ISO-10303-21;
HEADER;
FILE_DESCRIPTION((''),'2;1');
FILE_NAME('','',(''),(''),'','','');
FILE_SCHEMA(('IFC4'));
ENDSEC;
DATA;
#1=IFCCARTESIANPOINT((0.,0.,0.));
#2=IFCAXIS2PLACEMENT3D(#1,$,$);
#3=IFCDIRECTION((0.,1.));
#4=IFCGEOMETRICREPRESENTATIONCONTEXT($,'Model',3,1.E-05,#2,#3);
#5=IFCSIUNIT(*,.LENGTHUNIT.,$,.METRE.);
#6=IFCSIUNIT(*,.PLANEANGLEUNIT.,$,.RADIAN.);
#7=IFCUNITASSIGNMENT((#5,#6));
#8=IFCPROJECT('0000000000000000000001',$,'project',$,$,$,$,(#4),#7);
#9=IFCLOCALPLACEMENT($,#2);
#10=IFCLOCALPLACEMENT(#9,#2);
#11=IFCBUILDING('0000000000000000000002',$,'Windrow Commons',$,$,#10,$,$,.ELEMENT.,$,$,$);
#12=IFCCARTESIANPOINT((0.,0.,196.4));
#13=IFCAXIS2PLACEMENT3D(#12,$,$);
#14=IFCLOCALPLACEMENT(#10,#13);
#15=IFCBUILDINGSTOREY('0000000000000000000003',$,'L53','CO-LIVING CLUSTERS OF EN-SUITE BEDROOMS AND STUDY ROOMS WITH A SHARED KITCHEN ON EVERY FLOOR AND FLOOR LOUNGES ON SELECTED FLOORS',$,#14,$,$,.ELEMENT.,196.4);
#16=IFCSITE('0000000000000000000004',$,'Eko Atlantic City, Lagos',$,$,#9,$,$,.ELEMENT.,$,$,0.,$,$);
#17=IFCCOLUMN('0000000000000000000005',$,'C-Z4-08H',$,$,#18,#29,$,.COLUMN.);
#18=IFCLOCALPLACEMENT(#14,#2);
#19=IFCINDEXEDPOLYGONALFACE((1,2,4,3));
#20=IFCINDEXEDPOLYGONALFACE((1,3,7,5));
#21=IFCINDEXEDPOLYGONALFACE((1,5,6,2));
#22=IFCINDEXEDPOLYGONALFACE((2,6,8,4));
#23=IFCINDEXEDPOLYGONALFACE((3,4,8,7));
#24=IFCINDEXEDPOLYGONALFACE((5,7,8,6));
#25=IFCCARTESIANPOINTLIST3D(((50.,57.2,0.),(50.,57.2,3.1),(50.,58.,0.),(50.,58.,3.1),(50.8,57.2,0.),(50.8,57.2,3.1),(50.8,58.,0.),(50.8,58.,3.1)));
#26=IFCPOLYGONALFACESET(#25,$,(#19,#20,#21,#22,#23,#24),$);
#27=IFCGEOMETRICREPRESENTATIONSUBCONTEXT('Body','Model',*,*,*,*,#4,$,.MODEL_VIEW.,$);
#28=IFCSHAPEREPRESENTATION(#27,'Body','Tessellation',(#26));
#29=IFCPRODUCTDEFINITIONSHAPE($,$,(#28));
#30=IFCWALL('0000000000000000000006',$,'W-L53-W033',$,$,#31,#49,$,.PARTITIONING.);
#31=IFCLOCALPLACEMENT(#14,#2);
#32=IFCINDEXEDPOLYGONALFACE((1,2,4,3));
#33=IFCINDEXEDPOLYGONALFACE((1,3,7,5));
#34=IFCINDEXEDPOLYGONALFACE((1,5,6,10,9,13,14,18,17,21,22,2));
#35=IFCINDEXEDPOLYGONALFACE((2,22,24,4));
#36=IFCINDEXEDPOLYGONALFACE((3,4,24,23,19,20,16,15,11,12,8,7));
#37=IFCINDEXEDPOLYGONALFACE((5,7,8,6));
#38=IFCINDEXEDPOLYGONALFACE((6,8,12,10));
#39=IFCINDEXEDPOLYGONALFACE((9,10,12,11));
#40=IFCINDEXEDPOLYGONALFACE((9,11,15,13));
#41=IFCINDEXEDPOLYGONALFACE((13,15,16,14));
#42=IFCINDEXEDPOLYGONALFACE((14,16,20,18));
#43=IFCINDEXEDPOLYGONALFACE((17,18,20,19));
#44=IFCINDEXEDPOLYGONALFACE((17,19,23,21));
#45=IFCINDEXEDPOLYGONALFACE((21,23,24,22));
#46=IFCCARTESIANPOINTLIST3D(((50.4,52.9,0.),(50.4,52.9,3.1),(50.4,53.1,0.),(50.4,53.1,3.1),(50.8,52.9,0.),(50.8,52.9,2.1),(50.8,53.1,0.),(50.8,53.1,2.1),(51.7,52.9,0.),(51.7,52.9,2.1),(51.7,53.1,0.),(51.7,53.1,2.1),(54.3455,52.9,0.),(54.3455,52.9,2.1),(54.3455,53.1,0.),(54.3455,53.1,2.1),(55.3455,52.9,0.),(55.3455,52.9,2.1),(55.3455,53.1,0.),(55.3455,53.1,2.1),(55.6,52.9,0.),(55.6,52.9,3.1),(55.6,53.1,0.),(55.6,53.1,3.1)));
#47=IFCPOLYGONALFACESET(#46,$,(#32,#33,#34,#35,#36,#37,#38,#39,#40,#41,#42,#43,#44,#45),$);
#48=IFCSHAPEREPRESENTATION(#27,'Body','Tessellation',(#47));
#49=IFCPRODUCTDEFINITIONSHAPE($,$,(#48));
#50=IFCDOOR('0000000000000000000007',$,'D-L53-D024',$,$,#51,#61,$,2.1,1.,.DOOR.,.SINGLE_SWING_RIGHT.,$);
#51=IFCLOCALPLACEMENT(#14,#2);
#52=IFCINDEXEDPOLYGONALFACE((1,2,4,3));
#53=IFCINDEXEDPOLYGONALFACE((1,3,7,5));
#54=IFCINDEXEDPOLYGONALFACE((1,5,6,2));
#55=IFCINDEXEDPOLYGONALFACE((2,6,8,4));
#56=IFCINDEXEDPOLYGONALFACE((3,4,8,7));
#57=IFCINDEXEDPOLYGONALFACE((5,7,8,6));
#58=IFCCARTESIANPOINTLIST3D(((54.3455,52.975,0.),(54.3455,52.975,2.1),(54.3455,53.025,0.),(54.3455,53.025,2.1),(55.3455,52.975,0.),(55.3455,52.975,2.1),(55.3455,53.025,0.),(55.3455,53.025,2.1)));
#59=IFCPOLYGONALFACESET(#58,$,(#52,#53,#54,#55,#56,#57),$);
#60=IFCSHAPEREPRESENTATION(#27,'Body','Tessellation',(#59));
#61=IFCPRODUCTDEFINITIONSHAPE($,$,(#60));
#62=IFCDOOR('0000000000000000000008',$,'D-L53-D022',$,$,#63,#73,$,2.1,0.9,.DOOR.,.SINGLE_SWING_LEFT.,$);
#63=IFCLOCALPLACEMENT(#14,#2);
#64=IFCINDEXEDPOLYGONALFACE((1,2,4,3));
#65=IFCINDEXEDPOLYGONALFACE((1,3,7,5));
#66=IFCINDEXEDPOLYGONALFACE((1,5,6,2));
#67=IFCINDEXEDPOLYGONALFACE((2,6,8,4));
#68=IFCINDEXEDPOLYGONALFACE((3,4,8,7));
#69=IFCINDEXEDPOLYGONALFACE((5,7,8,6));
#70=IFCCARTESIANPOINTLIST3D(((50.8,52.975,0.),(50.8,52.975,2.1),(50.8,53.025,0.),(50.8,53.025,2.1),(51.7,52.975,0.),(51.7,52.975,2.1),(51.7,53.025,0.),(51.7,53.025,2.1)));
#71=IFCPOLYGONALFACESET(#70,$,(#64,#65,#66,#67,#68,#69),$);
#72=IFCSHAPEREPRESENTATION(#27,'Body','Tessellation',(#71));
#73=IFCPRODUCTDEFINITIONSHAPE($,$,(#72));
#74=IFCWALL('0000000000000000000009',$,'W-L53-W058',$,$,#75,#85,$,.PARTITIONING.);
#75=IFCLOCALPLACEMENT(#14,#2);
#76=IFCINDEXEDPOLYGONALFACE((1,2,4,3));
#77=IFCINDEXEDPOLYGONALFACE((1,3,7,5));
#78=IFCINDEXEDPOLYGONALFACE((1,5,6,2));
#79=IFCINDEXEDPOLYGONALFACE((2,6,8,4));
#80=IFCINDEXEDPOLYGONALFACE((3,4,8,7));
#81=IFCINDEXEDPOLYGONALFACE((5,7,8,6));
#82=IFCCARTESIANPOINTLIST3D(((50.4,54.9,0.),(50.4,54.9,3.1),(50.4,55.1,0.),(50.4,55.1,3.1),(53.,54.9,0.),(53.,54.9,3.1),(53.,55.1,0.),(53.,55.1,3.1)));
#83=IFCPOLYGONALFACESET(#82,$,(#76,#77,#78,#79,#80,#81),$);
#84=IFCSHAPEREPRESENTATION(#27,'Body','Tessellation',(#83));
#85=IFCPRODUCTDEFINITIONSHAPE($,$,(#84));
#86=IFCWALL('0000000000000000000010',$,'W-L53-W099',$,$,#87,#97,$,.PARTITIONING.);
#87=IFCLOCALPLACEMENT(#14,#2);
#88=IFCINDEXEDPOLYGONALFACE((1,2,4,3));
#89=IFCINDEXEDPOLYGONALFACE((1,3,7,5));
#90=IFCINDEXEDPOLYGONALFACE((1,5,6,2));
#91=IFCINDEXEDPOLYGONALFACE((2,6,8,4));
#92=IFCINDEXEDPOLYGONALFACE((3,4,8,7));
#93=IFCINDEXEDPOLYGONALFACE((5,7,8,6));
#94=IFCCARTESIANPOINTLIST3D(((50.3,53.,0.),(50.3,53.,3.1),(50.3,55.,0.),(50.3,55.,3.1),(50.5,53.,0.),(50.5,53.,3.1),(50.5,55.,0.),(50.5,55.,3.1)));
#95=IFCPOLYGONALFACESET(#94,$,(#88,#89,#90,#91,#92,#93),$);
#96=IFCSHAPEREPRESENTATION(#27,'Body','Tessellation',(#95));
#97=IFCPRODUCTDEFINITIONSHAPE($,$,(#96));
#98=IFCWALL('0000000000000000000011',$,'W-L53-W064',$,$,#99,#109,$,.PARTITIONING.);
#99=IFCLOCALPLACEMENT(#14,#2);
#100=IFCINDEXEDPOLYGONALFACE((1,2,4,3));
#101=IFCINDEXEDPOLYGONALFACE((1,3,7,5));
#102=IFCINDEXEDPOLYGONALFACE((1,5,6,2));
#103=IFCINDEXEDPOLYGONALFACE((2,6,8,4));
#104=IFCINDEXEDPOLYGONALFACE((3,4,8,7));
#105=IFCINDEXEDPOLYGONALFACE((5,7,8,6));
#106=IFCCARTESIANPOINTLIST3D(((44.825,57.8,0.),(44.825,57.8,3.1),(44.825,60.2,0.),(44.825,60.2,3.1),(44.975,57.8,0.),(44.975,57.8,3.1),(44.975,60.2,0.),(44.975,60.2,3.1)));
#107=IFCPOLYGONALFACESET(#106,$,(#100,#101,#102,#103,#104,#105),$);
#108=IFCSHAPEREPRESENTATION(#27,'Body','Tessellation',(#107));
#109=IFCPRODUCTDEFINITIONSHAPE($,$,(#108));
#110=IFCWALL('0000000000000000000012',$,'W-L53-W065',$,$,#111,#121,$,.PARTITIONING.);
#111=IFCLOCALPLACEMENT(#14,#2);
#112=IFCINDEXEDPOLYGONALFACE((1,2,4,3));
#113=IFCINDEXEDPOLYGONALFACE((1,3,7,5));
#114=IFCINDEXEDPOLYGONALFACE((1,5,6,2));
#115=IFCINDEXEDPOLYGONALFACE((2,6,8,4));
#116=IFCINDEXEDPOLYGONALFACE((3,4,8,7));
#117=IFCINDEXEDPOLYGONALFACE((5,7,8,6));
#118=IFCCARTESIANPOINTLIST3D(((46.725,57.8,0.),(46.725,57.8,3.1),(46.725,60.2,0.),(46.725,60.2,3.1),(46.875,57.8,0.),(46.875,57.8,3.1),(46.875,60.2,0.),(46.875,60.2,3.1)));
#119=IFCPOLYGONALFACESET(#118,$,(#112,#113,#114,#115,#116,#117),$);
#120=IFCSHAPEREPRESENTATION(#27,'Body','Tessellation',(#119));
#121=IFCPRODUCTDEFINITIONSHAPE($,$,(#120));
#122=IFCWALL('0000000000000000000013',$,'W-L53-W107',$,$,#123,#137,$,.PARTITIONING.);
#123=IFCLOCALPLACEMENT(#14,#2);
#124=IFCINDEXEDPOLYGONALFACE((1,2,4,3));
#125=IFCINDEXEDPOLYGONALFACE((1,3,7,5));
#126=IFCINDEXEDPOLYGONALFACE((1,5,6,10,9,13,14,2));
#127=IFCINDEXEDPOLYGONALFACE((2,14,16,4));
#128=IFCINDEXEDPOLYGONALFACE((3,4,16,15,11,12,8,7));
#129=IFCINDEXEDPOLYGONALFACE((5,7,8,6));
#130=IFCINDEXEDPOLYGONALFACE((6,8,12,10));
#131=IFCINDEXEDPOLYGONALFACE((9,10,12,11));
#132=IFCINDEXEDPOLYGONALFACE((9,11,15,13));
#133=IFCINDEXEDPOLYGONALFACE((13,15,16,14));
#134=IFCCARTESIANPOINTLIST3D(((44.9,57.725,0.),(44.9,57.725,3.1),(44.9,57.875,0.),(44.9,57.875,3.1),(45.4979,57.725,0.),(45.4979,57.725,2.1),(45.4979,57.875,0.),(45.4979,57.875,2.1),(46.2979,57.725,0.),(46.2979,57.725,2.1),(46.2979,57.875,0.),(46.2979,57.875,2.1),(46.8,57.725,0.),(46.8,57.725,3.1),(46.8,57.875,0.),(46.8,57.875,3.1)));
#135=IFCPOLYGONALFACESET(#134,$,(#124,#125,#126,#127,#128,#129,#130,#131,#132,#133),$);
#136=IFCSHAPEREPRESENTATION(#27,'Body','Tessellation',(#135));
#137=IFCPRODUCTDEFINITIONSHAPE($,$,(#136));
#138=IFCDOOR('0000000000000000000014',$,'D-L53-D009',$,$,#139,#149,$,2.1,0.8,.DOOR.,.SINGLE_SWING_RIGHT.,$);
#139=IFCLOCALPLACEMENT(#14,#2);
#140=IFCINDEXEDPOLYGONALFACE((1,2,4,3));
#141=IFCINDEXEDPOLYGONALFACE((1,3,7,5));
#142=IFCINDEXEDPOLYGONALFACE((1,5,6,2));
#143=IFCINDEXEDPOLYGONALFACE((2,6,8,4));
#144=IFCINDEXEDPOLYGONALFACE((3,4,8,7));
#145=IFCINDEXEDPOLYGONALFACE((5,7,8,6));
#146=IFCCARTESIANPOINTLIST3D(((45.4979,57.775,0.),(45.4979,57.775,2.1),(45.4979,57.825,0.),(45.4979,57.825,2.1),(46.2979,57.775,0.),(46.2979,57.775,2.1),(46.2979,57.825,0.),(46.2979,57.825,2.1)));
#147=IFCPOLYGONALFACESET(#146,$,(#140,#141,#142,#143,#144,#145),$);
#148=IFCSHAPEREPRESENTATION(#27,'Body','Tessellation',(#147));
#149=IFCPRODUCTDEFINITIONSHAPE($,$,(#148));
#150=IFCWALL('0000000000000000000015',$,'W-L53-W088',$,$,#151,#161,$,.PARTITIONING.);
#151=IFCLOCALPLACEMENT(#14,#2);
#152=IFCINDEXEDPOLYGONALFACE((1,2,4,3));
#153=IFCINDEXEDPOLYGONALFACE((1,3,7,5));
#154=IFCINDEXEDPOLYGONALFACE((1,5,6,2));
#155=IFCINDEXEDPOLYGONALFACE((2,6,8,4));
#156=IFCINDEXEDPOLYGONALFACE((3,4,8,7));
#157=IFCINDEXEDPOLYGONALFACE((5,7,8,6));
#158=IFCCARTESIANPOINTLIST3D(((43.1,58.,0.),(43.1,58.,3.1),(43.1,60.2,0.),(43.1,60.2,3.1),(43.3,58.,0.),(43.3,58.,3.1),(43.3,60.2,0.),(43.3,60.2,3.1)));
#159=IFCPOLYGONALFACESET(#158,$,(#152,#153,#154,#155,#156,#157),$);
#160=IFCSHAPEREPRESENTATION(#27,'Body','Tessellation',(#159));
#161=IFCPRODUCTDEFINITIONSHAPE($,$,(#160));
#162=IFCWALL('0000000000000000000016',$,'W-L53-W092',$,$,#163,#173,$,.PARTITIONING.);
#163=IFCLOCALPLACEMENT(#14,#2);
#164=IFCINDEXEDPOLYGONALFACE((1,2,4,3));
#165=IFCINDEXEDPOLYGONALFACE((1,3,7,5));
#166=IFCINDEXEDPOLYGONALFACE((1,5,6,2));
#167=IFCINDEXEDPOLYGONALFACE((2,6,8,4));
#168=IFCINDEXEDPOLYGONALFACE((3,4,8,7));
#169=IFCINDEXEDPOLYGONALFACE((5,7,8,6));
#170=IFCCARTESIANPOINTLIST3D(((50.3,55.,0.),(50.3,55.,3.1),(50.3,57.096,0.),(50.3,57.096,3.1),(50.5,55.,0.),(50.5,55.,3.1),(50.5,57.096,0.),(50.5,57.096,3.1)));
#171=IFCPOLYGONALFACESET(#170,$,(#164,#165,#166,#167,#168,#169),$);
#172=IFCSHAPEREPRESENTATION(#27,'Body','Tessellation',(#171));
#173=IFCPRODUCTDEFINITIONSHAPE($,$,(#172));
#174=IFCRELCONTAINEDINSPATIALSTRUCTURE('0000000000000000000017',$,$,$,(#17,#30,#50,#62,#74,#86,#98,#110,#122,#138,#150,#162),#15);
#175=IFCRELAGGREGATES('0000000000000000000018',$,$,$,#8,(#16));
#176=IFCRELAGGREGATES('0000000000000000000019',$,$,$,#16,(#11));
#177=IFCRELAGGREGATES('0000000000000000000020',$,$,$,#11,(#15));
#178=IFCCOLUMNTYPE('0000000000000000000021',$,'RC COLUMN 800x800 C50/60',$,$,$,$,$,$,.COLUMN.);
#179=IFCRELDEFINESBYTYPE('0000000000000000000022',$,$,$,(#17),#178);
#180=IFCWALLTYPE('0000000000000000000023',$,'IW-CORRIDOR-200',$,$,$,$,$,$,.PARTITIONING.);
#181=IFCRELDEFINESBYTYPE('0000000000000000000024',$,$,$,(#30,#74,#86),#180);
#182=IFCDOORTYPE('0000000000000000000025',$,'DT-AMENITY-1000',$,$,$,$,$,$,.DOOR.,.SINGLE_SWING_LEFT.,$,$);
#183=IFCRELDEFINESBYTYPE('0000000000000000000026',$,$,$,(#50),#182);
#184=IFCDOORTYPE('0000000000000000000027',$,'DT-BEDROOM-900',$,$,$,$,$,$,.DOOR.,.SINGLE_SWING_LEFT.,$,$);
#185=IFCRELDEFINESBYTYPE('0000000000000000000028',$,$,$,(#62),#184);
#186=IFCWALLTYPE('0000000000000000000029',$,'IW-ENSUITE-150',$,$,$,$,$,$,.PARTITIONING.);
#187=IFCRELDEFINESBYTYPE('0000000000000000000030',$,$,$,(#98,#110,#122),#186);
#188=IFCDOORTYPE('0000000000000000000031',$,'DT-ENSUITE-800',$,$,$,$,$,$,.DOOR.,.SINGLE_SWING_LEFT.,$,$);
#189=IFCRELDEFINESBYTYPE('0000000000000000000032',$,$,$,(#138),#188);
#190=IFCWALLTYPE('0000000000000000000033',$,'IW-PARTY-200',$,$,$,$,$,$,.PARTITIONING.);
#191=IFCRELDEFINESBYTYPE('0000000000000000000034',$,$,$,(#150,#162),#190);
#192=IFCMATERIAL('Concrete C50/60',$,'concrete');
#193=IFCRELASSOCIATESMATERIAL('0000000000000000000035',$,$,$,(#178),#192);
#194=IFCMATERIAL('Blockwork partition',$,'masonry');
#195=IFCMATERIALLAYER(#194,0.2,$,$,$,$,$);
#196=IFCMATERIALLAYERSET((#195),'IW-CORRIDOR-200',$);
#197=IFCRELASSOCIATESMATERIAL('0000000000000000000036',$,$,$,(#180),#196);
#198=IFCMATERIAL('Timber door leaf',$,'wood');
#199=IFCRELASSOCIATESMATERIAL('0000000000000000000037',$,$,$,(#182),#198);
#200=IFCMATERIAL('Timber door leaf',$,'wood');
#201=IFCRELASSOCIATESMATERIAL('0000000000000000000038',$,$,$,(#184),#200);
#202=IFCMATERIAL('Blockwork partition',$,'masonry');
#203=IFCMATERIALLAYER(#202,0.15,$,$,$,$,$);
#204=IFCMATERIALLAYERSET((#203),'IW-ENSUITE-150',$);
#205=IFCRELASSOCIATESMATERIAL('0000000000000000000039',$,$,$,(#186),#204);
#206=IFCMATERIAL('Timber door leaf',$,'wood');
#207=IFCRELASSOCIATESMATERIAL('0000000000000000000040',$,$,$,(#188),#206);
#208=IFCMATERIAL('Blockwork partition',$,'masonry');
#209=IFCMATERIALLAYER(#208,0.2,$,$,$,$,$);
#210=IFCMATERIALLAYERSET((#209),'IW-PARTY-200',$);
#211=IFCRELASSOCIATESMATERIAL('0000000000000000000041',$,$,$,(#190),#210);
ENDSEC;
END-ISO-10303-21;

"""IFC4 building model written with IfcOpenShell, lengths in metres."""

from ifc_helpers import new_model, si_unit, direction, frame, frame_2d, origin, origin_2d, place, context, subcontext, project, spatial, rectangle, extrude, material, layer, layer_set, material_profile, profile_set, type_object, element, fill, save


model = new_model("IFC4")

# Units and contexts
model_context = context("Model", 3, precision=1e-05, world=origin(), true_north=direction((0.0, 1.0)))
body_context = subcontext(model_context, "Body", "Model", "MODEL_VIEW")
ifc_project = project(units=[si_unit("LENGTHUNIT", "METRE"), si_unit("PLANEANGLEUNIT", "RADIAN")], contexts=[model_context])

# Site, building, storey
site_placement = place(None, origin())
site = spatial("IfcSite", under=ifc_project, at=site_placement, Name="Eko Atlantic City, Lagos", CompositionType="ELEMENT", RefElevation=0.0)
building_placement = place(site_placement, origin())
building = spatial("IfcBuilding", under=site, at=building_placement, Name="Windrow Commons", CompositionType="ELEMENT")
storey_placement = place(building_placement, frame((0.0, 0.0, 196.4)))
storey = spatial("IfcBuildingStorey", under=building, at=storey_placement, Name="L53", Description="CO-LIVING CLUSTERS OF EN-SUITE BEDROOMS AND STUDY ROOMS WITH A SHARED KITCHEN ON EVERY FLOOR AND FLOOR LOUNGES ON SELECTED FLOORS", CompositionType="ELEMENT", Elevation=196.4)

# Column
ifc_material_1 = material(Name="Concrete C50/60", Category="concrete")
ifc_material_profile = material_profile(ifc_material_1, rectangle(XDim=0.8, YDim=0.8, at=origin_2d()))
ifc_profile_set = profile_set([ifc_material_profile], Name="Concrete C50/60")
column_type = type_object("IfcColumnType", Name="RC COLUMN 800x800 C50/60", PredefinedType="COLUMN", material=ifc_profile_set)
column_placement = place(storey_placement, frame((50.4, 57.6, 0.0), z_axis=(0.0, 0.0, 1.0), x_axis=(1.0, 0.0, 0.0)))
element("IfcColumn", 1, at=column_placement, inside=storey, type_object=column_type, Name="C-Z4-08H", PredefinedType="COLUMN", context=body_context, shape_type="SweptSolid", body=[
    extrude(rectangle(XDim=0.8, YDim=0.8, at=origin_2d()), origin(), (0.0, 0.0, 1.0), 3.1),
])

# Wall, openings, doors
ifc_material_2 = material(Name="Blockwork partition", Category="masonry")
ifc_layer_1 = layer(ifc_material_2, 0.2)
ifc_layer_set_1 = layer_set([ifc_layer_1], Name="IW-CORRIDOR-200")
wall_type_1 = type_object("IfcWallType", Name="IW-CORRIDOR-200", PredefinedType="PARTITIONING", material=ifc_layer_set_1)
wall_1_placement = place(storey_placement, frame((50.4, 53.0, 0.0), z_axis=(0.0, 0.0, 1.0), x_axis=(1.0, 0.0, 0.0)))
wall_1 = element("IfcWall", 2, at=wall_1_placement, inside=storey, type_object=wall_type_1, Name="W-L53-W033", PredefinedType="PARTITIONING", context=body_context, shape_type="SweptSolid", body=[
    extrude(rectangle(XDim=5.2, YDim=0.2, at=frame_2d((2.6, 0.0))), origin(), (0.0, 0.0, 1.0), 3.1),
])
opening_1_placement = place(wall_1_placement, frame((0.4, 0.0, 0.0)))
opening_1 = element("IfcOpeningElement", 3, at=opening_1_placement, cuts=wall_1, PredefinedType="OPENING", context=body_context, shape_type="SweptSolid", body=[
    extrude(rectangle(XDim=0.9, YDim=2.1, at=frame_2d((0.45, 1.05))), frame((0.0, 0.11, 0.0), z_axis=(0.0, -1.0, 0.0), x_axis=(1.0, 0.0, 0.0)), (0.0, 0.0, 1.0), 0.22),
])
opening_2_placement = place(wall_1_placement, frame((3.9455, 0.0, 0.0)))
opening_2 = element("IfcOpeningElement", 4, at=opening_2_placement, cuts=wall_1, PredefinedType="OPENING", context=body_context, shape_type="SweptSolid", body=[
    extrude(rectangle(XDim=1.0, YDim=2.1, at=frame_2d((0.5, 1.05))), frame((0.0, 0.11, 0.0), z_axis=(0.0, -1.0, 0.0), x_axis=(1.0, 0.0, 0.0)), (0.0, 0.0, 1.0), 0.22),
])
ifc_material_3 = material(Name="Timber door leaf", Category="wood")
door_type_1 = type_object("IfcDoorType", Name="DT-AMENITY-1000", OperationType="SINGLE_SWING_LEFT", PredefinedType="DOOR", material=ifc_material_3)
door_1_placement = place(opening_2_placement, origin())
door_1 = element("IfcDoor", 5, at=door_1_placement, inside=storey, type_object=door_type_1, Name="D-L53-D024", OperationType="SINGLE_SWING_RIGHT", OverallHeight=2.1, OverallWidth=1.0, PredefinedType="DOOR", context=body_context, shape_type="SweptSolid", body=[
    extrude(rectangle(XDim=1.0, YDim=2.1, at=frame_2d((0.5, 1.05))), frame((0.0, 0.025, 0.0), z_axis=(0.0, -1.0, 0.0), x_axis=(1.0, 0.0, 0.0)), (0.0, 0.0, 1.0), 0.05),
])
fill(opening_2, door_1)
ifc_material_4 = material(Name="Timber door leaf", Category="wood")
door_type_2 = type_object("IfcDoorType", Name="DT-BEDROOM-900", OperationType="SINGLE_SWING_LEFT", PredefinedType="DOOR", material=ifc_material_4)
door_2_placement = place(opening_1_placement, origin())
door_2 = element("IfcDoor", 6, at=door_2_placement, inside=storey, type_object=door_type_2, Name="D-L53-D022", OperationType="SINGLE_SWING_LEFT", OverallHeight=2.1, OverallWidth=0.9, PredefinedType="DOOR", context=body_context, shape_type="SweptSolid", body=[
    extrude(rectangle(XDim=0.9, YDim=2.1, at=frame_2d((0.45, 1.05))), frame((0.0, 0.025, 0.0), z_axis=(0.0, -1.0, 0.0), x_axis=(1.0, 0.0, 0.0)), (0.0, 0.0, 1.0), 0.05),
])
fill(opening_1, door_2)

# Walls
wall_2_placement = place(storey_placement, frame((50.4, 55.0, 0.0), z_axis=(0.0, 0.0, 1.0), x_axis=(1.0, 0.0, 0.0)))
element("IfcWall", 7, at=wall_2_placement, inside=storey, type_object=wall_type_1, Name="W-L53-W058", PredefinedType="PARTITIONING", context=body_context, shape_type="SweptSolid", body=[
    extrude(rectangle(XDim=2.6, YDim=0.2, at=frame_2d((1.3, 0.0))), origin(), (0.0, 0.0, 1.0), 3.1),
])
wall_3_placement = place(storey_placement, frame((50.4, 53.0, 0.0), z_axis=(0.0, 0.0, 1.0), x_axis=(0.0, 1.0, 0.0)))
element("IfcWall", 8, at=wall_3_placement, inside=storey, type_object=wall_type_1, Name="W-L53-W099", PredefinedType="PARTITIONING", context=body_context, shape_type="SweptSolid", body=[
    extrude(rectangle(XDim=2.0, YDim=0.2, at=frame_2d((1.0, 0.0))), origin(), (0.0, 0.0, 1.0), 3.1),
])
ifc_material_5 = material(Name="Blockwork partition", Category="masonry")
ifc_layer_2 = layer(ifc_material_5, 0.15)
ifc_layer_set_2 = layer_set([ifc_layer_2], Name="IW-ENSUITE-150")
wall_type_2 = type_object("IfcWallType", Name="IW-ENSUITE-150", PredefinedType="PARTITIONING", material=ifc_layer_set_2)
for number, where, z_axis, x_axis, name in (
    (9, (44.9, 57.8, 0.0), (0.0, 0.0, 1.0), (0.0, 1.0, 0.0), "W-L53-W064"),
    (10, (46.8, 57.8, 0.0), (0.0, 0.0, 1.0), (0.0, 1.0, 0.0), "W-L53-W065"),
):
    element("IfcWall", number, at=place(storey_placement, frame(where, z_axis=z_axis, x_axis=x_axis)), inside=storey, type_object=wall_type_2, Name=name, PredefinedType="PARTITIONING", context=body_context, shape_type="SweptSolid", body=[
        extrude(rectangle(XDim=2.4, YDim=0.15, at=frame_2d((1.2, 0.0))), origin(), (0.0, 0.0, 1.0), 3.1),
    ])

# Wall, opening, door
wall_4_placement = place(storey_placement, frame((44.9, 57.8, 0.0), z_axis=(0.0, 0.0, 1.0), x_axis=(1.0, 0.0, 0.0)))
wall_4 = element("IfcWall", 11, at=wall_4_placement, inside=storey, type_object=wall_type_2, Name="W-L53-W107", PredefinedType="PARTITIONING", context=body_context, shape_type="SweptSolid", body=[
    extrude(rectangle(XDim=1.9, YDim=0.15, at=frame_2d((0.95, 0.0))), origin(), (0.0, 0.0, 1.0), 3.1),
])
opening_3_placement = place(wall_4_placement, frame((0.5979, 0.0, 0.0)))
opening_3 = element("IfcOpeningElement", 12, at=opening_3_placement, cuts=wall_4, PredefinedType="OPENING", context=body_context, shape_type="SweptSolid", body=[
    extrude(rectangle(XDim=0.8, YDim=2.1, at=frame_2d((0.4, 1.05))), frame((0.0, 0.085, 0.0), z_axis=(0.0, -1.0, 0.0), x_axis=(1.0, 0.0, 0.0)), (0.0, 0.0, 1.0), 0.17),
])
ifc_material_6 = material(Name="Timber door leaf", Category="wood")
door_type_3 = type_object("IfcDoorType", Name="DT-ENSUITE-800", OperationType="SINGLE_SWING_LEFT", PredefinedType="DOOR", material=ifc_material_6)
door_3_placement = place(opening_3_placement, origin())
door_3 = element("IfcDoor", 13, at=door_3_placement, inside=storey, type_object=door_type_3, Name="D-L53-D009", OperationType="SINGLE_SWING_RIGHT", OverallHeight=2.1, OverallWidth=0.8, PredefinedType="DOOR", context=body_context, shape_type="SweptSolid", body=[
    extrude(rectangle(XDim=0.8, YDim=2.1, at=frame_2d((0.4, 1.05))), frame((0.0, 0.025, 0.0), z_axis=(0.0, -1.0, 0.0), x_axis=(1.0, 0.0, 0.0)), (0.0, 0.0, 1.0), 0.05),
])
fill(opening_3, door_3)

# Walls
ifc_material_7 = material(Name="Blockwork partition", Category="masonry")
ifc_layer_3 = layer(ifc_material_7, 0.2)
ifc_layer_set_3 = layer_set([ifc_layer_3], Name="IW-PARTY-200")
wall_type_3 = type_object("IfcWallType", Name="IW-PARTY-200", PredefinedType="PARTITIONING", material=ifc_layer_set_3)
wall_5_placement = place(storey_placement, frame((43.2, 58.0, 0.0), z_axis=(0.0, 0.0, 1.0), x_axis=(0.0, 1.0, 0.0)))
element("IfcWall", 14, at=wall_5_placement, inside=storey, type_object=wall_type_3, Name="W-L53-W088", PredefinedType="PARTITIONING", context=body_context, shape_type="SweptSolid", body=[
    extrude(rectangle(XDim=2.2, YDim=0.2, at=frame_2d((1.1, 0.0))), origin(), (0.0, 0.0, 1.0), 3.1),
])
wall_6_placement = place(storey_placement, frame((50.4, 55.0, 0.0), z_axis=(0.0, 0.0, 1.0), x_axis=(0.0, 1.0, 0.0)))
element("IfcWall", 15, at=wall_6_placement, inside=storey, type_object=wall_type_3, Name="W-L53-W092", PredefinedType="PARTITIONING", context=body_context, shape_type="SweptSolid", body=[
    extrude(rectangle(XDim=2.096, YDim=0.2, at=frame_2d((1.048, 0.0))), origin(), (0.0, 0.0, 1.0), 3.1),
])

save(model, "model.ifc")
